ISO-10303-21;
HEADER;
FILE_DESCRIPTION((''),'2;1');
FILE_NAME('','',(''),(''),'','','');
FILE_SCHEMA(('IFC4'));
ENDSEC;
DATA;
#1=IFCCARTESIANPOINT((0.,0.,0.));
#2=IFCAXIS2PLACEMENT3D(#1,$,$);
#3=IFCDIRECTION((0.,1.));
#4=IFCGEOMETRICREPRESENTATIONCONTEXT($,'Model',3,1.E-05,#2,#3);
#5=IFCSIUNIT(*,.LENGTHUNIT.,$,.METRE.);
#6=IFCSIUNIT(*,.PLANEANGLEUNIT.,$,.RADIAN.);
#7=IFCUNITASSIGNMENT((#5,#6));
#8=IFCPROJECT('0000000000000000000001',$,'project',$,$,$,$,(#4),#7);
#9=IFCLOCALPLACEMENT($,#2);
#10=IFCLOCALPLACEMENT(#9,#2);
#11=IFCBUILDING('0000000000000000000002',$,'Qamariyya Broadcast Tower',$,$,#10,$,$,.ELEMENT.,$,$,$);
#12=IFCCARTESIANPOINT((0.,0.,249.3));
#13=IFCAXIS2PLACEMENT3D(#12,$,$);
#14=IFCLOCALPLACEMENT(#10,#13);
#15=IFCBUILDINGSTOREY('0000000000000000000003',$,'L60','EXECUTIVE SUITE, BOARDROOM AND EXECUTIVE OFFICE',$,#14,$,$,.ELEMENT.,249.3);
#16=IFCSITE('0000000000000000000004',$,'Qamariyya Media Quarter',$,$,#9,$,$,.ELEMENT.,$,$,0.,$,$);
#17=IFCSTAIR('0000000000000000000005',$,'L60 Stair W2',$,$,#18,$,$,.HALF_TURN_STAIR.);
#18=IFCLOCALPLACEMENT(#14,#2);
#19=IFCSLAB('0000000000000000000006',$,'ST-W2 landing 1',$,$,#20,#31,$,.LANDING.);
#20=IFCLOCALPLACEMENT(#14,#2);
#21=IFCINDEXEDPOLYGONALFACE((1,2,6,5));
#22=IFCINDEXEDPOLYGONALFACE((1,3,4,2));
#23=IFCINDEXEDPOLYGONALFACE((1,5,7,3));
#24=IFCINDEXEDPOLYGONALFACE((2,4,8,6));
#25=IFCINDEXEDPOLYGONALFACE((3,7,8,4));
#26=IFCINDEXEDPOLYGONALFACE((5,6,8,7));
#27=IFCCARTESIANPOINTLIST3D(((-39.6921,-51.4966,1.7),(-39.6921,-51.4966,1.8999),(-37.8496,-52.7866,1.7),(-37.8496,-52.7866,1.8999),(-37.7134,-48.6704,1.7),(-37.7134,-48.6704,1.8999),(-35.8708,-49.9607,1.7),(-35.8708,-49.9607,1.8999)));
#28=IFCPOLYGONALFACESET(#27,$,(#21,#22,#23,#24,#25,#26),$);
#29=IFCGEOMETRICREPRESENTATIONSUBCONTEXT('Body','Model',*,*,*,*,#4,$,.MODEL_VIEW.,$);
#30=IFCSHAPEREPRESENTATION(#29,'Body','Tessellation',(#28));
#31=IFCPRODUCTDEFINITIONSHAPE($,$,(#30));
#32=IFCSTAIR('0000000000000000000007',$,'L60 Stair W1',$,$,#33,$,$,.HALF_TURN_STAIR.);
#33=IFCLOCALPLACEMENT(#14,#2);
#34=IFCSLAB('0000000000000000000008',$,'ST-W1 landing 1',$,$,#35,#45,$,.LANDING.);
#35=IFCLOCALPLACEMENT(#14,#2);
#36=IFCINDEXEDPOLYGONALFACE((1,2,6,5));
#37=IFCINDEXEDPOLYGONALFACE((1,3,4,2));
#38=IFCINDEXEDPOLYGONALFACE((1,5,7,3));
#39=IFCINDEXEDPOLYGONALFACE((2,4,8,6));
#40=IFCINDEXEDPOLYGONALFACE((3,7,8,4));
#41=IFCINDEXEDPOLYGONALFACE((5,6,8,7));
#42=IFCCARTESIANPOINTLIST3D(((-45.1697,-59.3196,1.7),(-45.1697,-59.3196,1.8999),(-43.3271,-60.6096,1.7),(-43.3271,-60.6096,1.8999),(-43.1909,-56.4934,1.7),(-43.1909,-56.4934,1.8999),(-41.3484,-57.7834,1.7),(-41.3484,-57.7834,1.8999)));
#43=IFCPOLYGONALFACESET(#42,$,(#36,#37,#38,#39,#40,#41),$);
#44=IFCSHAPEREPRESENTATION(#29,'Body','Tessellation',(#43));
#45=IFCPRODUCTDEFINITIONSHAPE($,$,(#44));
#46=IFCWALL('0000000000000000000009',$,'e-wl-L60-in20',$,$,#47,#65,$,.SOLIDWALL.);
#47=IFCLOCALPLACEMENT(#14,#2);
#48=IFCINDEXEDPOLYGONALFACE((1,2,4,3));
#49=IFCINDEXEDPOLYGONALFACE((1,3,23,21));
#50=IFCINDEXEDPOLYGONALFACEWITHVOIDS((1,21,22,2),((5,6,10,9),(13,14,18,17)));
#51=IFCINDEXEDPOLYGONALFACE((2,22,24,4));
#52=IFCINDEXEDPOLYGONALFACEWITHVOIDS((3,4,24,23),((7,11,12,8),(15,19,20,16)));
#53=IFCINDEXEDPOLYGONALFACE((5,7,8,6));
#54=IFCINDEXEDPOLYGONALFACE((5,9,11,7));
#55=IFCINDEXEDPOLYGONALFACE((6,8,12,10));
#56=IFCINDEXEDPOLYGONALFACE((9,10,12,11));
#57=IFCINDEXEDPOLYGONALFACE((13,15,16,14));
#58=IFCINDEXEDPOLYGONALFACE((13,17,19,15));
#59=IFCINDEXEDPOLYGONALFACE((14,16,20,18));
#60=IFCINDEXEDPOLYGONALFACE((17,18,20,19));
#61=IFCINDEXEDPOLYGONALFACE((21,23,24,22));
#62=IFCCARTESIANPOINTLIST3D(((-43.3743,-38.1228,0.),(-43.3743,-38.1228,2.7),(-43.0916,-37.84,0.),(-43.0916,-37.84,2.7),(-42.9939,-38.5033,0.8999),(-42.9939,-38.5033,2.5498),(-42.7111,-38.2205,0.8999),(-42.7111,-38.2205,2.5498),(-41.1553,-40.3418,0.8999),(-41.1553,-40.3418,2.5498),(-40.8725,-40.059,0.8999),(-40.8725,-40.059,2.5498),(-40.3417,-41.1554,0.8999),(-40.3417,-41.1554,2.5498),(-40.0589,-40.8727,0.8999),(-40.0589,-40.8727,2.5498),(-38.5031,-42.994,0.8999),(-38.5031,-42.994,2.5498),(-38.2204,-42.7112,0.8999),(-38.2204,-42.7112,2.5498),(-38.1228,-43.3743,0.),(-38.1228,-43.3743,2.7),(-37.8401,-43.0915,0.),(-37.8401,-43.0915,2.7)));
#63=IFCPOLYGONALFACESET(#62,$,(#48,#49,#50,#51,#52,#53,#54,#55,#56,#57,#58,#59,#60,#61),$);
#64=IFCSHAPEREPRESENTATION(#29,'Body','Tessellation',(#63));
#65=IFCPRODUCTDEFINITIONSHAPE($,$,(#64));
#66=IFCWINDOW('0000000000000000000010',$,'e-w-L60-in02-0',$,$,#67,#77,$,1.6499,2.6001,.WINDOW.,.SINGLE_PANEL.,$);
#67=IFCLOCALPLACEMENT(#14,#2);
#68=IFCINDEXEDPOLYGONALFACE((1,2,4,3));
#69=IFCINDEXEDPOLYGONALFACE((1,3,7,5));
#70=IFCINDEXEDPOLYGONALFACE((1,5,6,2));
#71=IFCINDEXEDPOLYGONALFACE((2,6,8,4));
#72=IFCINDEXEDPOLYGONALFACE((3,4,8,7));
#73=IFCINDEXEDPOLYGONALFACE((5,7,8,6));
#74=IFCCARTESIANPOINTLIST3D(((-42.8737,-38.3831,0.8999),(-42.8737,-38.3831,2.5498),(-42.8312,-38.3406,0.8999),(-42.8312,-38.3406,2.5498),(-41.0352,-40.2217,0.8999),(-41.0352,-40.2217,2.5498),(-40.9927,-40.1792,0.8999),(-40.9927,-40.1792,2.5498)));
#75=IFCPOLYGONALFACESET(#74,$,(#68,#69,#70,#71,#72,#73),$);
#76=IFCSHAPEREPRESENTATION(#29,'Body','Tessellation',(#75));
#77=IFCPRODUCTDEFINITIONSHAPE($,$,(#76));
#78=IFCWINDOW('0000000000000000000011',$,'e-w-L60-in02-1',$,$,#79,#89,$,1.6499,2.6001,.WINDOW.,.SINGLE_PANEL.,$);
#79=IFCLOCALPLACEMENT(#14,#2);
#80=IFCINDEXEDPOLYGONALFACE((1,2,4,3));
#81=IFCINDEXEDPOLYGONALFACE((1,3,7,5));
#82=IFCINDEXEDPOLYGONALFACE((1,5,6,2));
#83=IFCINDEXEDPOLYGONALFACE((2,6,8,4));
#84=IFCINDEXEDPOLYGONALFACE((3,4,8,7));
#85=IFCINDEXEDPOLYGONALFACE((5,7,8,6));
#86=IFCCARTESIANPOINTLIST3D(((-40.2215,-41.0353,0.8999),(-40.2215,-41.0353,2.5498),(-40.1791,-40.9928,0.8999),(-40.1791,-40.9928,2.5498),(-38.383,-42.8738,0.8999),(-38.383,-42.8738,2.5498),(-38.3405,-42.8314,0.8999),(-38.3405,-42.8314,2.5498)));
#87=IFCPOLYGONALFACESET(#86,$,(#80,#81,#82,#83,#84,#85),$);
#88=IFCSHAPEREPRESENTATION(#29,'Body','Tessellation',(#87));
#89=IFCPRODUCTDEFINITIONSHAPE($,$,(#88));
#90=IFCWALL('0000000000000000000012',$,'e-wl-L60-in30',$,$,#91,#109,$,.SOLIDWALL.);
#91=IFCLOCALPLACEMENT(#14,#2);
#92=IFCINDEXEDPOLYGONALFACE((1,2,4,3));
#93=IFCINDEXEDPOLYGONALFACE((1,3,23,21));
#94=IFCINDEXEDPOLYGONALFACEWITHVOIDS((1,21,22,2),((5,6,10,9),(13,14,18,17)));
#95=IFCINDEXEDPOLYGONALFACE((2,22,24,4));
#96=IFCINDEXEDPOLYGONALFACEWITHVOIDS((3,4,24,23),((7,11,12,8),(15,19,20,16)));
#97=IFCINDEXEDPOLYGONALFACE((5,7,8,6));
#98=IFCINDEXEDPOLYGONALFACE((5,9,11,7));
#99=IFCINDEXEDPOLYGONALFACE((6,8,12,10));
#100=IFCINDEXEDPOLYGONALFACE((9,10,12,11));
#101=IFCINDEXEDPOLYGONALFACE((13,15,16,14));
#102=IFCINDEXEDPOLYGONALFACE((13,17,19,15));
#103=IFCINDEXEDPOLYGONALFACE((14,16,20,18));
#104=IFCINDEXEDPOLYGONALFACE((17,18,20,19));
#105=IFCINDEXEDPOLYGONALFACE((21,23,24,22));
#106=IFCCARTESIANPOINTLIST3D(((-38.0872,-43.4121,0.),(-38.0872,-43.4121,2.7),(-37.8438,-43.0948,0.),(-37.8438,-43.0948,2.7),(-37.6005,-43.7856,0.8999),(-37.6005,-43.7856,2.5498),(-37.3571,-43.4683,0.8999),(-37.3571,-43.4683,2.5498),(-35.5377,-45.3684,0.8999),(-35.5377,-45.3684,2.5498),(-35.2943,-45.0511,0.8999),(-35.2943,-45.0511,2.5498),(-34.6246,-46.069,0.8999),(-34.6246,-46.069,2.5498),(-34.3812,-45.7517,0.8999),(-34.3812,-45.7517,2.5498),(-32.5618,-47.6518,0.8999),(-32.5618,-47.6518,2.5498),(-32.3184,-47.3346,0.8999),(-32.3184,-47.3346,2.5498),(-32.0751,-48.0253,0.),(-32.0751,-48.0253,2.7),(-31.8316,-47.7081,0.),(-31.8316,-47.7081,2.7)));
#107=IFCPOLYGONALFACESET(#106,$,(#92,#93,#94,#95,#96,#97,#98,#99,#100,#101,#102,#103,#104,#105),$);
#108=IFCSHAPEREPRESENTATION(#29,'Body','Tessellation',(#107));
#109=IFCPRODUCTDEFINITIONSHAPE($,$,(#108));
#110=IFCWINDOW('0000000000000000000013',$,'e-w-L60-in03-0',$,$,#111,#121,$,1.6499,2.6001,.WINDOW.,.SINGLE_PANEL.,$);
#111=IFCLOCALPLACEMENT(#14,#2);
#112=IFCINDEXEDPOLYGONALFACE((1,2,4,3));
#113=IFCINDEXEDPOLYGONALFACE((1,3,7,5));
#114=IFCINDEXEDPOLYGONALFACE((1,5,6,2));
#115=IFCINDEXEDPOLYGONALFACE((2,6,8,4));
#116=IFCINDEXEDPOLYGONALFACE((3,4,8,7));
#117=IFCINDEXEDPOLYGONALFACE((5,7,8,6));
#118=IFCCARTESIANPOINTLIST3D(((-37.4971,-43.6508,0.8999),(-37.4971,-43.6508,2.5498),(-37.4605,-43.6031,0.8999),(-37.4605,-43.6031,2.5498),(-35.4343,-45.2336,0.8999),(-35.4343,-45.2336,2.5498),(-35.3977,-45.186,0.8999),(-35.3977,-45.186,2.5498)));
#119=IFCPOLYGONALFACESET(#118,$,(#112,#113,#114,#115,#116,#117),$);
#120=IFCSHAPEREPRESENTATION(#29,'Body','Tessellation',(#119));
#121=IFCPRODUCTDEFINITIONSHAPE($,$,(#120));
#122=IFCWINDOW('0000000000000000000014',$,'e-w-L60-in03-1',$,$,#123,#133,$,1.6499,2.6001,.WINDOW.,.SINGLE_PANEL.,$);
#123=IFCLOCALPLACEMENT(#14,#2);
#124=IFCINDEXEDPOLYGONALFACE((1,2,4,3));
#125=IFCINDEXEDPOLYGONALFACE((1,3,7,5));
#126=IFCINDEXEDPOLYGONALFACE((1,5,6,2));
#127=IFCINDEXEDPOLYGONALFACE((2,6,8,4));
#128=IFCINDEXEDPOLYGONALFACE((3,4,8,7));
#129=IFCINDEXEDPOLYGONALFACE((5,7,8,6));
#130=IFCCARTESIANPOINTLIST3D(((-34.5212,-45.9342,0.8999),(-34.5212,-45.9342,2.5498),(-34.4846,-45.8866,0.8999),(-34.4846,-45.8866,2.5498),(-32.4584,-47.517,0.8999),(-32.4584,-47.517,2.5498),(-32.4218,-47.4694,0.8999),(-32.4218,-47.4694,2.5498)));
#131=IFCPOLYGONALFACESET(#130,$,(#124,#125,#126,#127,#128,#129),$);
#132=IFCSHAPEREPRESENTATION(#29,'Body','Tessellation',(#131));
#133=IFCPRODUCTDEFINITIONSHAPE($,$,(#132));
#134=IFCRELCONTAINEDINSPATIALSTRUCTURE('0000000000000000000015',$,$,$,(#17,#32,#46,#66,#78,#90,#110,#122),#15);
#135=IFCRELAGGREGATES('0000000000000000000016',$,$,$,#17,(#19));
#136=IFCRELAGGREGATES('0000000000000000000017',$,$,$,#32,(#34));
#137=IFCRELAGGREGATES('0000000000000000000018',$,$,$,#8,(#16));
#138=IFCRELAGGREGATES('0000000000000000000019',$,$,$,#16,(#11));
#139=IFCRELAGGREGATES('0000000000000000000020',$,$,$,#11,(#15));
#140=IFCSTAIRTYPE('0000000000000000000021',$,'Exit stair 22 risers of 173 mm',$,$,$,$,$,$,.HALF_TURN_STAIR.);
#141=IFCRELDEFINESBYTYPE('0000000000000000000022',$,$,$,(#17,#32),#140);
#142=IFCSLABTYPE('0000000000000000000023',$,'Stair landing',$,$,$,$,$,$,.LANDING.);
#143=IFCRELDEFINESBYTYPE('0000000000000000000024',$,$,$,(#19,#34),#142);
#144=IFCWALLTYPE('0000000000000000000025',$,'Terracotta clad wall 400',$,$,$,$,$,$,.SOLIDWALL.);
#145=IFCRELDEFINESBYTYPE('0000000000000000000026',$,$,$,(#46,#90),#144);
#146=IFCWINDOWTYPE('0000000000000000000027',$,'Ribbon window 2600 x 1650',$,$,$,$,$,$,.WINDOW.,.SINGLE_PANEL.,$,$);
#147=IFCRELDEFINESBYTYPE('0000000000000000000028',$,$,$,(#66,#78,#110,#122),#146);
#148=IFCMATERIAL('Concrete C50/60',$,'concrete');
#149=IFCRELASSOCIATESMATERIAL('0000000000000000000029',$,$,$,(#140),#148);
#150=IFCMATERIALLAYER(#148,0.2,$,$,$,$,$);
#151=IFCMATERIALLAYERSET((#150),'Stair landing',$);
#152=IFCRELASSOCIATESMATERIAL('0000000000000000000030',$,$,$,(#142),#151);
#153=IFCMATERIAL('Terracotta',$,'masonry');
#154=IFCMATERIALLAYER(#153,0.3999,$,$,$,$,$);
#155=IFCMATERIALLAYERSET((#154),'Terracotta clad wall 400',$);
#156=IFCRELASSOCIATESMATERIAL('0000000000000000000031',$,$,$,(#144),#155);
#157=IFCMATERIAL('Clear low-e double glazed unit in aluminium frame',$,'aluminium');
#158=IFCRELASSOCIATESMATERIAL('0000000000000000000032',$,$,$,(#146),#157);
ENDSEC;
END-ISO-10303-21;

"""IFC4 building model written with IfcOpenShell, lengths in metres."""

from ifc_helpers import new_model, si_unit, direction, frame, frame_2d, origin, place, context, subcontext, project, spatial, polyline, rectangle, outline, extrude, material, layer, layer_set, type_object, element, fill, aggregate, save


model = new_model("IFC4")

# Units and contexts
model_context = context("Model", 3, precision=1e-05, world=origin(), true_north=direction((0.0, 1.0)))
body_context = subcontext(model_context, "Body", "Model", "MODEL_VIEW")
ifc_project = project(units=[si_unit("LENGTHUNIT", "METRE"), si_unit("PLANEANGLEUNIT", "RADIAN")], contexts=[model_context])

# Site, building, storey
site_placement = place(None, origin())
site = spatial("IfcSite", under=ifc_project, at=site_placement, Name="Qamariyya Media Quarter", CompositionType="ELEMENT", RefElevation=0.0)
building_placement = place(site_placement, origin())
building = spatial("IfcBuilding", under=site, at=building_placement, Name="Qamariyya Broadcast Tower", CompositionType="ELEMENT")
storey_placement = place(building_placement, frame((0.0, 0.0, 249.3)))
storey = spatial("IfcBuildingStorey", under=building, at=storey_placement, Name="L60", Description="EXECUTIVE SUITE, BOARDROOM AND EXECUTIVE OFFICE", CompositionType="ELEMENT", Elevation=249.3)

# Stairs, slabs
ifc_material_1 = material(Name="Concrete C50/60", Category="concrete")
stair_type = type_object("IfcStairType", Name="Exit stair 22 risers of 173 mm", PredefinedType="HALF_TURN_STAIR", material=ifc_material_1)
stair_1_placement = place(storey_placement, origin())
stair_1 = element("IfcStair", 1, at=stair_1_placement, inside=storey, type_object=stair_type, Name="L60 Stair W2", PredefinedType="HALF_TURN_STAIR")
ifc_layer_1 = layer(ifc_material_1, 0.2)
ifc_layer_set_1 = layer_set([ifc_layer_1], Name="Stair landing")
slab_type_1 = type_object("IfcSlabType", Name="Stair landing", PredefinedType="LANDING", material=ifc_layer_set_1)
slab_1_placement = place(storey_placement, frame((0.0, 0.0, 1.7)))
slab_1 = element("IfcSlab", 2, at=slab_1_placement, type_object=slab_type_1, Name="ST-W2 landing 1", PredefinedType="LANDING", context=body_context, shape_type="SweptSolid", body=[
    extrude(outline(polyline([(-39.6921, -51.4966), (-37.8496, -52.7866), (-35.8708, -49.9607), (-37.7134, -48.6704), (-39.6921, -51.4966)])), origin(), (0.0, 0.0, 1.0), 0.2),
])
aggregate(stair_1, [slab_1])
stair_2_placement = place(storey_placement, origin())
stair_2 = element("IfcStair", 3, at=stair_2_placement, inside=storey, type_object=stair_type, Name="L60 Stair W1", PredefinedType="HALF_TURN_STAIR")
slab_2_placement = place(storey_placement, frame((0.0, 0.0, 1.7)))
slab_2 = element("IfcSlab", 4, at=slab_2_placement, type_object=slab_type_1, Name="ST-W1 landing 1", PredefinedType="LANDING", context=body_context, shape_type="SweptSolid", body=[
    extrude(outline(polyline([(-45.1697, -59.3196), (-43.3271, -60.6096), (-41.3484, -57.7834), (-43.1909, -56.4934), (-45.1697, -59.3196)])), origin(), (0.0, 0.0, 1.0), 0.2),
])
aggregate(stair_2, [slab_2])

# Walls, openings, windows
ifc_material_2 = material(Name="Terracotta", Category="masonry")
ifc_layer_2 = layer(ifc_material_2, 0.3999)
ifc_layer_set_2 = layer_set([ifc_layer_2], Name="Terracotta clad wall 400")
wall_type = type_object("IfcWallType", Name="Terracotta clad wall 400", PredefinedType="SOLIDWALL", material=ifc_layer_set_2)
wall_1_placement = place(storey_placement, frame((-37.9814, -43.2329, 0.0), z_axis=(0.0, 0.0, 1.0), x_axis=(-0.707107, 0.707107, 0.0)))
wall_1 = element("IfcWall", 5, at=wall_1_placement, inside=storey, type_object=wall_type, Name="e-wl-L60-in20", PredefinedType="SOLIDWALL", context=body_context, shape_type="SweptSolid", body=[
    extrude(rectangle(XDim=7.4268, YDim=0.3999, at=frame_2d((3.7134, 0.0))), origin(), (0.0, 0.0, 1.0), 2.7),
])
opening_1_placement = place(wall_1_placement, frame((4.2886, 0.0, 0.8999)))
opening_1 = element("IfcOpeningElement", 6, at=opening_1_placement, cuts=wall_1, PredefinedType="OPENING", context=body_context, shape_type="SweptSolid", body=[
    extrude(rectangle(XDim=2.6001, YDim=1.6499, at=frame_2d((1.3, 0.825))), frame((0.0, 0.21, 0.0), z_axis=(0.0, -1.0, 0.0), x_axis=(1.0, 0.0, 0.0)), (0.0, 0.0, 1.0), 0.4199),
])
opening_2_placement = place(wall_1_placement, frame((0.5378, 0.0, 0.8999)))
opening_2 = element("IfcOpeningElement", 7, at=opening_2_placement, cuts=wall_1, PredefinedType="OPENING", context=body_context, shape_type="SweptSolid", body=[
    extrude(rectangle(XDim=2.6001, YDim=1.6499, at=frame_2d((1.3, 0.825))), frame((0.0, 0.21, 0.0), z_axis=(0.0, -1.0, 0.0), x_axis=(1.0, 0.0, 0.0)), (0.0, 0.0, 1.0), 0.4199),
])
ifc_material_3 = material(Name="Clear low-e double glazed unit in aluminium frame", Category="aluminium")
window_type = type_object("IfcWindowType", Name="Ribbon window 2600 x 1650", PartitioningType="SINGLE_PANEL", PredefinedType="WINDOW", material=ifc_material_3)
window_1_placement = place(opening_1_placement, origin())
window_1 = element("IfcWindow", 8, at=window_1_placement, inside=storey, type_object=window_type, Name="e-w-L60-in02-0", OverallHeight=1.6499, OverallWidth=2.6001, PartitioningType="SINGLE_PANEL", PredefinedType="WINDOW", context=body_context, shape_type="SweptSolid", body=[
    extrude(rectangle(XDim=2.6001, YDim=1.6499, at=frame_2d((1.3, 0.825))), frame((0.0, 0.03, 0.0), z_axis=(0.0, -1.0, 0.0), x_axis=(1.0, 0.0, 0.0)), (0.0, 0.0, 1.0), 0.0601),
])
fill(opening_1, window_1)
window_2_placement = place(opening_2_placement, origin())
window_2 = element("IfcWindow", 9, at=window_2_placement, inside=storey, type_object=window_type, Name="e-w-L60-in02-1", OverallHeight=1.6499, OverallWidth=2.6001, PartitioningType="SINGLE_PANEL", PredefinedType="WINDOW", context=body_context, shape_type="SweptSolid", body=[
    extrude(rectangle(XDim=2.6001, YDim=1.6499, at=frame_2d((1.3, 0.825))), frame((0.0, 0.03, 0.0), z_axis=(0.0, -1.0, 0.0), x_axis=(1.0, 0.0, 0.0)), (0.0, 0.0, 1.0), 0.0601),
])
fill(opening_2, window_2)
wall_2_placement = place(storey_placement, frame((-31.9534, -47.8667, 0.0), z_axis=(0.0, 0.0, 1.0), x_axis=(-0.793356, 0.608757, 0.0)))
wall_2 = element("IfcWall", 10, at=wall_2_placement, inside=storey, type_object=wall_type, Name="e-wl-L60-in30", PredefinedType="SOLIDWALL", context=body_context, shape_type="SweptSolid", body=[
    extrude(rectangle(XDim=7.5781, YDim=0.3999, at=frame_2d((3.7891, 0.0))), origin(), (0.0, 0.0, 1.0), 2.7),
])
opening_3_placement = place(wall_2_placement, frame((4.3645, 0.0, 0.8999)))
opening_3 = element("IfcOpeningElement", 11, at=opening_3_placement, cuts=wall_2, PredefinedType="OPENING", context=body_context, shape_type="SweptSolid", body=[
    extrude(rectangle(XDim=2.6001, YDim=1.6499, at=frame_2d((1.3, 0.825))), frame((0.0, 0.21, 0.0), z_axis=(0.0, -1.0, 0.0), x_axis=(1.0, 0.0, 0.0)), (0.0, 0.0, 1.0), 0.4199),
])
opening_4_placement = place(wall_2_placement, frame((0.6135, 0.0, 0.8999)))
opening_4 = element("IfcOpeningElement", 12, at=opening_4_placement, cuts=wall_2, PredefinedType="OPENING", context=body_context, shape_type="SweptSolid", body=[
    extrude(rectangle(XDim=2.6001, YDim=1.6499, at=frame_2d((1.3, 0.825))), frame((0.0, 0.21, 0.0), z_axis=(0.0, -1.0, 0.0), x_axis=(1.0, 0.0, 0.0)), (0.0, 0.0, 1.0), 0.4199),
])
window_3_placement = place(opening_3_placement, origin())
window_3 = element("IfcWindow", 13, at=window_3_placement, inside=storey, type_object=window_type, Name="e-w-L60-in03-0", OverallHeight=1.6499, OverallWidth=2.6001, PartitioningType="SINGLE_PANEL", PredefinedType="WINDOW", context=body_context, shape_type="SweptSolid", body=[
    extrude(rectangle(XDim=2.6001, YDim=1.6499, at=frame_2d((1.3, 0.825))), frame((0.0, 0.03, 0.0), z_axis=(0.0, -1.0, 0.0), x_axis=(1.0, 0.0, 0.0)), (0.0, 0.0, 1.0), 0.0601),
])
fill(opening_3, window_3)
window_4_placement = place(opening_4_placement, origin())
window_4 = element("IfcWindow", 14, at=window_4_placement, inside=storey, type_object=window_type, Name="e-w-L60-in03-1", OverallHeight=1.6499, OverallWidth=2.6001, PartitioningType="SINGLE_PANEL", PredefinedType="WINDOW", context=body_context, shape_type="SweptSolid", body=[
    extrude(rectangle(XDim=2.6001, YDim=1.6499, at=frame_2d((1.3, 0.825))), frame((0.0, 0.03, 0.0), z_axis=(0.0, -1.0, 0.0), x_axis=(1.0, 0.0, 0.0)), (0.0, 0.0, 1.0), 0.0601),
])
fill(opening_4, window_4)

save(model, "model.ifc")
